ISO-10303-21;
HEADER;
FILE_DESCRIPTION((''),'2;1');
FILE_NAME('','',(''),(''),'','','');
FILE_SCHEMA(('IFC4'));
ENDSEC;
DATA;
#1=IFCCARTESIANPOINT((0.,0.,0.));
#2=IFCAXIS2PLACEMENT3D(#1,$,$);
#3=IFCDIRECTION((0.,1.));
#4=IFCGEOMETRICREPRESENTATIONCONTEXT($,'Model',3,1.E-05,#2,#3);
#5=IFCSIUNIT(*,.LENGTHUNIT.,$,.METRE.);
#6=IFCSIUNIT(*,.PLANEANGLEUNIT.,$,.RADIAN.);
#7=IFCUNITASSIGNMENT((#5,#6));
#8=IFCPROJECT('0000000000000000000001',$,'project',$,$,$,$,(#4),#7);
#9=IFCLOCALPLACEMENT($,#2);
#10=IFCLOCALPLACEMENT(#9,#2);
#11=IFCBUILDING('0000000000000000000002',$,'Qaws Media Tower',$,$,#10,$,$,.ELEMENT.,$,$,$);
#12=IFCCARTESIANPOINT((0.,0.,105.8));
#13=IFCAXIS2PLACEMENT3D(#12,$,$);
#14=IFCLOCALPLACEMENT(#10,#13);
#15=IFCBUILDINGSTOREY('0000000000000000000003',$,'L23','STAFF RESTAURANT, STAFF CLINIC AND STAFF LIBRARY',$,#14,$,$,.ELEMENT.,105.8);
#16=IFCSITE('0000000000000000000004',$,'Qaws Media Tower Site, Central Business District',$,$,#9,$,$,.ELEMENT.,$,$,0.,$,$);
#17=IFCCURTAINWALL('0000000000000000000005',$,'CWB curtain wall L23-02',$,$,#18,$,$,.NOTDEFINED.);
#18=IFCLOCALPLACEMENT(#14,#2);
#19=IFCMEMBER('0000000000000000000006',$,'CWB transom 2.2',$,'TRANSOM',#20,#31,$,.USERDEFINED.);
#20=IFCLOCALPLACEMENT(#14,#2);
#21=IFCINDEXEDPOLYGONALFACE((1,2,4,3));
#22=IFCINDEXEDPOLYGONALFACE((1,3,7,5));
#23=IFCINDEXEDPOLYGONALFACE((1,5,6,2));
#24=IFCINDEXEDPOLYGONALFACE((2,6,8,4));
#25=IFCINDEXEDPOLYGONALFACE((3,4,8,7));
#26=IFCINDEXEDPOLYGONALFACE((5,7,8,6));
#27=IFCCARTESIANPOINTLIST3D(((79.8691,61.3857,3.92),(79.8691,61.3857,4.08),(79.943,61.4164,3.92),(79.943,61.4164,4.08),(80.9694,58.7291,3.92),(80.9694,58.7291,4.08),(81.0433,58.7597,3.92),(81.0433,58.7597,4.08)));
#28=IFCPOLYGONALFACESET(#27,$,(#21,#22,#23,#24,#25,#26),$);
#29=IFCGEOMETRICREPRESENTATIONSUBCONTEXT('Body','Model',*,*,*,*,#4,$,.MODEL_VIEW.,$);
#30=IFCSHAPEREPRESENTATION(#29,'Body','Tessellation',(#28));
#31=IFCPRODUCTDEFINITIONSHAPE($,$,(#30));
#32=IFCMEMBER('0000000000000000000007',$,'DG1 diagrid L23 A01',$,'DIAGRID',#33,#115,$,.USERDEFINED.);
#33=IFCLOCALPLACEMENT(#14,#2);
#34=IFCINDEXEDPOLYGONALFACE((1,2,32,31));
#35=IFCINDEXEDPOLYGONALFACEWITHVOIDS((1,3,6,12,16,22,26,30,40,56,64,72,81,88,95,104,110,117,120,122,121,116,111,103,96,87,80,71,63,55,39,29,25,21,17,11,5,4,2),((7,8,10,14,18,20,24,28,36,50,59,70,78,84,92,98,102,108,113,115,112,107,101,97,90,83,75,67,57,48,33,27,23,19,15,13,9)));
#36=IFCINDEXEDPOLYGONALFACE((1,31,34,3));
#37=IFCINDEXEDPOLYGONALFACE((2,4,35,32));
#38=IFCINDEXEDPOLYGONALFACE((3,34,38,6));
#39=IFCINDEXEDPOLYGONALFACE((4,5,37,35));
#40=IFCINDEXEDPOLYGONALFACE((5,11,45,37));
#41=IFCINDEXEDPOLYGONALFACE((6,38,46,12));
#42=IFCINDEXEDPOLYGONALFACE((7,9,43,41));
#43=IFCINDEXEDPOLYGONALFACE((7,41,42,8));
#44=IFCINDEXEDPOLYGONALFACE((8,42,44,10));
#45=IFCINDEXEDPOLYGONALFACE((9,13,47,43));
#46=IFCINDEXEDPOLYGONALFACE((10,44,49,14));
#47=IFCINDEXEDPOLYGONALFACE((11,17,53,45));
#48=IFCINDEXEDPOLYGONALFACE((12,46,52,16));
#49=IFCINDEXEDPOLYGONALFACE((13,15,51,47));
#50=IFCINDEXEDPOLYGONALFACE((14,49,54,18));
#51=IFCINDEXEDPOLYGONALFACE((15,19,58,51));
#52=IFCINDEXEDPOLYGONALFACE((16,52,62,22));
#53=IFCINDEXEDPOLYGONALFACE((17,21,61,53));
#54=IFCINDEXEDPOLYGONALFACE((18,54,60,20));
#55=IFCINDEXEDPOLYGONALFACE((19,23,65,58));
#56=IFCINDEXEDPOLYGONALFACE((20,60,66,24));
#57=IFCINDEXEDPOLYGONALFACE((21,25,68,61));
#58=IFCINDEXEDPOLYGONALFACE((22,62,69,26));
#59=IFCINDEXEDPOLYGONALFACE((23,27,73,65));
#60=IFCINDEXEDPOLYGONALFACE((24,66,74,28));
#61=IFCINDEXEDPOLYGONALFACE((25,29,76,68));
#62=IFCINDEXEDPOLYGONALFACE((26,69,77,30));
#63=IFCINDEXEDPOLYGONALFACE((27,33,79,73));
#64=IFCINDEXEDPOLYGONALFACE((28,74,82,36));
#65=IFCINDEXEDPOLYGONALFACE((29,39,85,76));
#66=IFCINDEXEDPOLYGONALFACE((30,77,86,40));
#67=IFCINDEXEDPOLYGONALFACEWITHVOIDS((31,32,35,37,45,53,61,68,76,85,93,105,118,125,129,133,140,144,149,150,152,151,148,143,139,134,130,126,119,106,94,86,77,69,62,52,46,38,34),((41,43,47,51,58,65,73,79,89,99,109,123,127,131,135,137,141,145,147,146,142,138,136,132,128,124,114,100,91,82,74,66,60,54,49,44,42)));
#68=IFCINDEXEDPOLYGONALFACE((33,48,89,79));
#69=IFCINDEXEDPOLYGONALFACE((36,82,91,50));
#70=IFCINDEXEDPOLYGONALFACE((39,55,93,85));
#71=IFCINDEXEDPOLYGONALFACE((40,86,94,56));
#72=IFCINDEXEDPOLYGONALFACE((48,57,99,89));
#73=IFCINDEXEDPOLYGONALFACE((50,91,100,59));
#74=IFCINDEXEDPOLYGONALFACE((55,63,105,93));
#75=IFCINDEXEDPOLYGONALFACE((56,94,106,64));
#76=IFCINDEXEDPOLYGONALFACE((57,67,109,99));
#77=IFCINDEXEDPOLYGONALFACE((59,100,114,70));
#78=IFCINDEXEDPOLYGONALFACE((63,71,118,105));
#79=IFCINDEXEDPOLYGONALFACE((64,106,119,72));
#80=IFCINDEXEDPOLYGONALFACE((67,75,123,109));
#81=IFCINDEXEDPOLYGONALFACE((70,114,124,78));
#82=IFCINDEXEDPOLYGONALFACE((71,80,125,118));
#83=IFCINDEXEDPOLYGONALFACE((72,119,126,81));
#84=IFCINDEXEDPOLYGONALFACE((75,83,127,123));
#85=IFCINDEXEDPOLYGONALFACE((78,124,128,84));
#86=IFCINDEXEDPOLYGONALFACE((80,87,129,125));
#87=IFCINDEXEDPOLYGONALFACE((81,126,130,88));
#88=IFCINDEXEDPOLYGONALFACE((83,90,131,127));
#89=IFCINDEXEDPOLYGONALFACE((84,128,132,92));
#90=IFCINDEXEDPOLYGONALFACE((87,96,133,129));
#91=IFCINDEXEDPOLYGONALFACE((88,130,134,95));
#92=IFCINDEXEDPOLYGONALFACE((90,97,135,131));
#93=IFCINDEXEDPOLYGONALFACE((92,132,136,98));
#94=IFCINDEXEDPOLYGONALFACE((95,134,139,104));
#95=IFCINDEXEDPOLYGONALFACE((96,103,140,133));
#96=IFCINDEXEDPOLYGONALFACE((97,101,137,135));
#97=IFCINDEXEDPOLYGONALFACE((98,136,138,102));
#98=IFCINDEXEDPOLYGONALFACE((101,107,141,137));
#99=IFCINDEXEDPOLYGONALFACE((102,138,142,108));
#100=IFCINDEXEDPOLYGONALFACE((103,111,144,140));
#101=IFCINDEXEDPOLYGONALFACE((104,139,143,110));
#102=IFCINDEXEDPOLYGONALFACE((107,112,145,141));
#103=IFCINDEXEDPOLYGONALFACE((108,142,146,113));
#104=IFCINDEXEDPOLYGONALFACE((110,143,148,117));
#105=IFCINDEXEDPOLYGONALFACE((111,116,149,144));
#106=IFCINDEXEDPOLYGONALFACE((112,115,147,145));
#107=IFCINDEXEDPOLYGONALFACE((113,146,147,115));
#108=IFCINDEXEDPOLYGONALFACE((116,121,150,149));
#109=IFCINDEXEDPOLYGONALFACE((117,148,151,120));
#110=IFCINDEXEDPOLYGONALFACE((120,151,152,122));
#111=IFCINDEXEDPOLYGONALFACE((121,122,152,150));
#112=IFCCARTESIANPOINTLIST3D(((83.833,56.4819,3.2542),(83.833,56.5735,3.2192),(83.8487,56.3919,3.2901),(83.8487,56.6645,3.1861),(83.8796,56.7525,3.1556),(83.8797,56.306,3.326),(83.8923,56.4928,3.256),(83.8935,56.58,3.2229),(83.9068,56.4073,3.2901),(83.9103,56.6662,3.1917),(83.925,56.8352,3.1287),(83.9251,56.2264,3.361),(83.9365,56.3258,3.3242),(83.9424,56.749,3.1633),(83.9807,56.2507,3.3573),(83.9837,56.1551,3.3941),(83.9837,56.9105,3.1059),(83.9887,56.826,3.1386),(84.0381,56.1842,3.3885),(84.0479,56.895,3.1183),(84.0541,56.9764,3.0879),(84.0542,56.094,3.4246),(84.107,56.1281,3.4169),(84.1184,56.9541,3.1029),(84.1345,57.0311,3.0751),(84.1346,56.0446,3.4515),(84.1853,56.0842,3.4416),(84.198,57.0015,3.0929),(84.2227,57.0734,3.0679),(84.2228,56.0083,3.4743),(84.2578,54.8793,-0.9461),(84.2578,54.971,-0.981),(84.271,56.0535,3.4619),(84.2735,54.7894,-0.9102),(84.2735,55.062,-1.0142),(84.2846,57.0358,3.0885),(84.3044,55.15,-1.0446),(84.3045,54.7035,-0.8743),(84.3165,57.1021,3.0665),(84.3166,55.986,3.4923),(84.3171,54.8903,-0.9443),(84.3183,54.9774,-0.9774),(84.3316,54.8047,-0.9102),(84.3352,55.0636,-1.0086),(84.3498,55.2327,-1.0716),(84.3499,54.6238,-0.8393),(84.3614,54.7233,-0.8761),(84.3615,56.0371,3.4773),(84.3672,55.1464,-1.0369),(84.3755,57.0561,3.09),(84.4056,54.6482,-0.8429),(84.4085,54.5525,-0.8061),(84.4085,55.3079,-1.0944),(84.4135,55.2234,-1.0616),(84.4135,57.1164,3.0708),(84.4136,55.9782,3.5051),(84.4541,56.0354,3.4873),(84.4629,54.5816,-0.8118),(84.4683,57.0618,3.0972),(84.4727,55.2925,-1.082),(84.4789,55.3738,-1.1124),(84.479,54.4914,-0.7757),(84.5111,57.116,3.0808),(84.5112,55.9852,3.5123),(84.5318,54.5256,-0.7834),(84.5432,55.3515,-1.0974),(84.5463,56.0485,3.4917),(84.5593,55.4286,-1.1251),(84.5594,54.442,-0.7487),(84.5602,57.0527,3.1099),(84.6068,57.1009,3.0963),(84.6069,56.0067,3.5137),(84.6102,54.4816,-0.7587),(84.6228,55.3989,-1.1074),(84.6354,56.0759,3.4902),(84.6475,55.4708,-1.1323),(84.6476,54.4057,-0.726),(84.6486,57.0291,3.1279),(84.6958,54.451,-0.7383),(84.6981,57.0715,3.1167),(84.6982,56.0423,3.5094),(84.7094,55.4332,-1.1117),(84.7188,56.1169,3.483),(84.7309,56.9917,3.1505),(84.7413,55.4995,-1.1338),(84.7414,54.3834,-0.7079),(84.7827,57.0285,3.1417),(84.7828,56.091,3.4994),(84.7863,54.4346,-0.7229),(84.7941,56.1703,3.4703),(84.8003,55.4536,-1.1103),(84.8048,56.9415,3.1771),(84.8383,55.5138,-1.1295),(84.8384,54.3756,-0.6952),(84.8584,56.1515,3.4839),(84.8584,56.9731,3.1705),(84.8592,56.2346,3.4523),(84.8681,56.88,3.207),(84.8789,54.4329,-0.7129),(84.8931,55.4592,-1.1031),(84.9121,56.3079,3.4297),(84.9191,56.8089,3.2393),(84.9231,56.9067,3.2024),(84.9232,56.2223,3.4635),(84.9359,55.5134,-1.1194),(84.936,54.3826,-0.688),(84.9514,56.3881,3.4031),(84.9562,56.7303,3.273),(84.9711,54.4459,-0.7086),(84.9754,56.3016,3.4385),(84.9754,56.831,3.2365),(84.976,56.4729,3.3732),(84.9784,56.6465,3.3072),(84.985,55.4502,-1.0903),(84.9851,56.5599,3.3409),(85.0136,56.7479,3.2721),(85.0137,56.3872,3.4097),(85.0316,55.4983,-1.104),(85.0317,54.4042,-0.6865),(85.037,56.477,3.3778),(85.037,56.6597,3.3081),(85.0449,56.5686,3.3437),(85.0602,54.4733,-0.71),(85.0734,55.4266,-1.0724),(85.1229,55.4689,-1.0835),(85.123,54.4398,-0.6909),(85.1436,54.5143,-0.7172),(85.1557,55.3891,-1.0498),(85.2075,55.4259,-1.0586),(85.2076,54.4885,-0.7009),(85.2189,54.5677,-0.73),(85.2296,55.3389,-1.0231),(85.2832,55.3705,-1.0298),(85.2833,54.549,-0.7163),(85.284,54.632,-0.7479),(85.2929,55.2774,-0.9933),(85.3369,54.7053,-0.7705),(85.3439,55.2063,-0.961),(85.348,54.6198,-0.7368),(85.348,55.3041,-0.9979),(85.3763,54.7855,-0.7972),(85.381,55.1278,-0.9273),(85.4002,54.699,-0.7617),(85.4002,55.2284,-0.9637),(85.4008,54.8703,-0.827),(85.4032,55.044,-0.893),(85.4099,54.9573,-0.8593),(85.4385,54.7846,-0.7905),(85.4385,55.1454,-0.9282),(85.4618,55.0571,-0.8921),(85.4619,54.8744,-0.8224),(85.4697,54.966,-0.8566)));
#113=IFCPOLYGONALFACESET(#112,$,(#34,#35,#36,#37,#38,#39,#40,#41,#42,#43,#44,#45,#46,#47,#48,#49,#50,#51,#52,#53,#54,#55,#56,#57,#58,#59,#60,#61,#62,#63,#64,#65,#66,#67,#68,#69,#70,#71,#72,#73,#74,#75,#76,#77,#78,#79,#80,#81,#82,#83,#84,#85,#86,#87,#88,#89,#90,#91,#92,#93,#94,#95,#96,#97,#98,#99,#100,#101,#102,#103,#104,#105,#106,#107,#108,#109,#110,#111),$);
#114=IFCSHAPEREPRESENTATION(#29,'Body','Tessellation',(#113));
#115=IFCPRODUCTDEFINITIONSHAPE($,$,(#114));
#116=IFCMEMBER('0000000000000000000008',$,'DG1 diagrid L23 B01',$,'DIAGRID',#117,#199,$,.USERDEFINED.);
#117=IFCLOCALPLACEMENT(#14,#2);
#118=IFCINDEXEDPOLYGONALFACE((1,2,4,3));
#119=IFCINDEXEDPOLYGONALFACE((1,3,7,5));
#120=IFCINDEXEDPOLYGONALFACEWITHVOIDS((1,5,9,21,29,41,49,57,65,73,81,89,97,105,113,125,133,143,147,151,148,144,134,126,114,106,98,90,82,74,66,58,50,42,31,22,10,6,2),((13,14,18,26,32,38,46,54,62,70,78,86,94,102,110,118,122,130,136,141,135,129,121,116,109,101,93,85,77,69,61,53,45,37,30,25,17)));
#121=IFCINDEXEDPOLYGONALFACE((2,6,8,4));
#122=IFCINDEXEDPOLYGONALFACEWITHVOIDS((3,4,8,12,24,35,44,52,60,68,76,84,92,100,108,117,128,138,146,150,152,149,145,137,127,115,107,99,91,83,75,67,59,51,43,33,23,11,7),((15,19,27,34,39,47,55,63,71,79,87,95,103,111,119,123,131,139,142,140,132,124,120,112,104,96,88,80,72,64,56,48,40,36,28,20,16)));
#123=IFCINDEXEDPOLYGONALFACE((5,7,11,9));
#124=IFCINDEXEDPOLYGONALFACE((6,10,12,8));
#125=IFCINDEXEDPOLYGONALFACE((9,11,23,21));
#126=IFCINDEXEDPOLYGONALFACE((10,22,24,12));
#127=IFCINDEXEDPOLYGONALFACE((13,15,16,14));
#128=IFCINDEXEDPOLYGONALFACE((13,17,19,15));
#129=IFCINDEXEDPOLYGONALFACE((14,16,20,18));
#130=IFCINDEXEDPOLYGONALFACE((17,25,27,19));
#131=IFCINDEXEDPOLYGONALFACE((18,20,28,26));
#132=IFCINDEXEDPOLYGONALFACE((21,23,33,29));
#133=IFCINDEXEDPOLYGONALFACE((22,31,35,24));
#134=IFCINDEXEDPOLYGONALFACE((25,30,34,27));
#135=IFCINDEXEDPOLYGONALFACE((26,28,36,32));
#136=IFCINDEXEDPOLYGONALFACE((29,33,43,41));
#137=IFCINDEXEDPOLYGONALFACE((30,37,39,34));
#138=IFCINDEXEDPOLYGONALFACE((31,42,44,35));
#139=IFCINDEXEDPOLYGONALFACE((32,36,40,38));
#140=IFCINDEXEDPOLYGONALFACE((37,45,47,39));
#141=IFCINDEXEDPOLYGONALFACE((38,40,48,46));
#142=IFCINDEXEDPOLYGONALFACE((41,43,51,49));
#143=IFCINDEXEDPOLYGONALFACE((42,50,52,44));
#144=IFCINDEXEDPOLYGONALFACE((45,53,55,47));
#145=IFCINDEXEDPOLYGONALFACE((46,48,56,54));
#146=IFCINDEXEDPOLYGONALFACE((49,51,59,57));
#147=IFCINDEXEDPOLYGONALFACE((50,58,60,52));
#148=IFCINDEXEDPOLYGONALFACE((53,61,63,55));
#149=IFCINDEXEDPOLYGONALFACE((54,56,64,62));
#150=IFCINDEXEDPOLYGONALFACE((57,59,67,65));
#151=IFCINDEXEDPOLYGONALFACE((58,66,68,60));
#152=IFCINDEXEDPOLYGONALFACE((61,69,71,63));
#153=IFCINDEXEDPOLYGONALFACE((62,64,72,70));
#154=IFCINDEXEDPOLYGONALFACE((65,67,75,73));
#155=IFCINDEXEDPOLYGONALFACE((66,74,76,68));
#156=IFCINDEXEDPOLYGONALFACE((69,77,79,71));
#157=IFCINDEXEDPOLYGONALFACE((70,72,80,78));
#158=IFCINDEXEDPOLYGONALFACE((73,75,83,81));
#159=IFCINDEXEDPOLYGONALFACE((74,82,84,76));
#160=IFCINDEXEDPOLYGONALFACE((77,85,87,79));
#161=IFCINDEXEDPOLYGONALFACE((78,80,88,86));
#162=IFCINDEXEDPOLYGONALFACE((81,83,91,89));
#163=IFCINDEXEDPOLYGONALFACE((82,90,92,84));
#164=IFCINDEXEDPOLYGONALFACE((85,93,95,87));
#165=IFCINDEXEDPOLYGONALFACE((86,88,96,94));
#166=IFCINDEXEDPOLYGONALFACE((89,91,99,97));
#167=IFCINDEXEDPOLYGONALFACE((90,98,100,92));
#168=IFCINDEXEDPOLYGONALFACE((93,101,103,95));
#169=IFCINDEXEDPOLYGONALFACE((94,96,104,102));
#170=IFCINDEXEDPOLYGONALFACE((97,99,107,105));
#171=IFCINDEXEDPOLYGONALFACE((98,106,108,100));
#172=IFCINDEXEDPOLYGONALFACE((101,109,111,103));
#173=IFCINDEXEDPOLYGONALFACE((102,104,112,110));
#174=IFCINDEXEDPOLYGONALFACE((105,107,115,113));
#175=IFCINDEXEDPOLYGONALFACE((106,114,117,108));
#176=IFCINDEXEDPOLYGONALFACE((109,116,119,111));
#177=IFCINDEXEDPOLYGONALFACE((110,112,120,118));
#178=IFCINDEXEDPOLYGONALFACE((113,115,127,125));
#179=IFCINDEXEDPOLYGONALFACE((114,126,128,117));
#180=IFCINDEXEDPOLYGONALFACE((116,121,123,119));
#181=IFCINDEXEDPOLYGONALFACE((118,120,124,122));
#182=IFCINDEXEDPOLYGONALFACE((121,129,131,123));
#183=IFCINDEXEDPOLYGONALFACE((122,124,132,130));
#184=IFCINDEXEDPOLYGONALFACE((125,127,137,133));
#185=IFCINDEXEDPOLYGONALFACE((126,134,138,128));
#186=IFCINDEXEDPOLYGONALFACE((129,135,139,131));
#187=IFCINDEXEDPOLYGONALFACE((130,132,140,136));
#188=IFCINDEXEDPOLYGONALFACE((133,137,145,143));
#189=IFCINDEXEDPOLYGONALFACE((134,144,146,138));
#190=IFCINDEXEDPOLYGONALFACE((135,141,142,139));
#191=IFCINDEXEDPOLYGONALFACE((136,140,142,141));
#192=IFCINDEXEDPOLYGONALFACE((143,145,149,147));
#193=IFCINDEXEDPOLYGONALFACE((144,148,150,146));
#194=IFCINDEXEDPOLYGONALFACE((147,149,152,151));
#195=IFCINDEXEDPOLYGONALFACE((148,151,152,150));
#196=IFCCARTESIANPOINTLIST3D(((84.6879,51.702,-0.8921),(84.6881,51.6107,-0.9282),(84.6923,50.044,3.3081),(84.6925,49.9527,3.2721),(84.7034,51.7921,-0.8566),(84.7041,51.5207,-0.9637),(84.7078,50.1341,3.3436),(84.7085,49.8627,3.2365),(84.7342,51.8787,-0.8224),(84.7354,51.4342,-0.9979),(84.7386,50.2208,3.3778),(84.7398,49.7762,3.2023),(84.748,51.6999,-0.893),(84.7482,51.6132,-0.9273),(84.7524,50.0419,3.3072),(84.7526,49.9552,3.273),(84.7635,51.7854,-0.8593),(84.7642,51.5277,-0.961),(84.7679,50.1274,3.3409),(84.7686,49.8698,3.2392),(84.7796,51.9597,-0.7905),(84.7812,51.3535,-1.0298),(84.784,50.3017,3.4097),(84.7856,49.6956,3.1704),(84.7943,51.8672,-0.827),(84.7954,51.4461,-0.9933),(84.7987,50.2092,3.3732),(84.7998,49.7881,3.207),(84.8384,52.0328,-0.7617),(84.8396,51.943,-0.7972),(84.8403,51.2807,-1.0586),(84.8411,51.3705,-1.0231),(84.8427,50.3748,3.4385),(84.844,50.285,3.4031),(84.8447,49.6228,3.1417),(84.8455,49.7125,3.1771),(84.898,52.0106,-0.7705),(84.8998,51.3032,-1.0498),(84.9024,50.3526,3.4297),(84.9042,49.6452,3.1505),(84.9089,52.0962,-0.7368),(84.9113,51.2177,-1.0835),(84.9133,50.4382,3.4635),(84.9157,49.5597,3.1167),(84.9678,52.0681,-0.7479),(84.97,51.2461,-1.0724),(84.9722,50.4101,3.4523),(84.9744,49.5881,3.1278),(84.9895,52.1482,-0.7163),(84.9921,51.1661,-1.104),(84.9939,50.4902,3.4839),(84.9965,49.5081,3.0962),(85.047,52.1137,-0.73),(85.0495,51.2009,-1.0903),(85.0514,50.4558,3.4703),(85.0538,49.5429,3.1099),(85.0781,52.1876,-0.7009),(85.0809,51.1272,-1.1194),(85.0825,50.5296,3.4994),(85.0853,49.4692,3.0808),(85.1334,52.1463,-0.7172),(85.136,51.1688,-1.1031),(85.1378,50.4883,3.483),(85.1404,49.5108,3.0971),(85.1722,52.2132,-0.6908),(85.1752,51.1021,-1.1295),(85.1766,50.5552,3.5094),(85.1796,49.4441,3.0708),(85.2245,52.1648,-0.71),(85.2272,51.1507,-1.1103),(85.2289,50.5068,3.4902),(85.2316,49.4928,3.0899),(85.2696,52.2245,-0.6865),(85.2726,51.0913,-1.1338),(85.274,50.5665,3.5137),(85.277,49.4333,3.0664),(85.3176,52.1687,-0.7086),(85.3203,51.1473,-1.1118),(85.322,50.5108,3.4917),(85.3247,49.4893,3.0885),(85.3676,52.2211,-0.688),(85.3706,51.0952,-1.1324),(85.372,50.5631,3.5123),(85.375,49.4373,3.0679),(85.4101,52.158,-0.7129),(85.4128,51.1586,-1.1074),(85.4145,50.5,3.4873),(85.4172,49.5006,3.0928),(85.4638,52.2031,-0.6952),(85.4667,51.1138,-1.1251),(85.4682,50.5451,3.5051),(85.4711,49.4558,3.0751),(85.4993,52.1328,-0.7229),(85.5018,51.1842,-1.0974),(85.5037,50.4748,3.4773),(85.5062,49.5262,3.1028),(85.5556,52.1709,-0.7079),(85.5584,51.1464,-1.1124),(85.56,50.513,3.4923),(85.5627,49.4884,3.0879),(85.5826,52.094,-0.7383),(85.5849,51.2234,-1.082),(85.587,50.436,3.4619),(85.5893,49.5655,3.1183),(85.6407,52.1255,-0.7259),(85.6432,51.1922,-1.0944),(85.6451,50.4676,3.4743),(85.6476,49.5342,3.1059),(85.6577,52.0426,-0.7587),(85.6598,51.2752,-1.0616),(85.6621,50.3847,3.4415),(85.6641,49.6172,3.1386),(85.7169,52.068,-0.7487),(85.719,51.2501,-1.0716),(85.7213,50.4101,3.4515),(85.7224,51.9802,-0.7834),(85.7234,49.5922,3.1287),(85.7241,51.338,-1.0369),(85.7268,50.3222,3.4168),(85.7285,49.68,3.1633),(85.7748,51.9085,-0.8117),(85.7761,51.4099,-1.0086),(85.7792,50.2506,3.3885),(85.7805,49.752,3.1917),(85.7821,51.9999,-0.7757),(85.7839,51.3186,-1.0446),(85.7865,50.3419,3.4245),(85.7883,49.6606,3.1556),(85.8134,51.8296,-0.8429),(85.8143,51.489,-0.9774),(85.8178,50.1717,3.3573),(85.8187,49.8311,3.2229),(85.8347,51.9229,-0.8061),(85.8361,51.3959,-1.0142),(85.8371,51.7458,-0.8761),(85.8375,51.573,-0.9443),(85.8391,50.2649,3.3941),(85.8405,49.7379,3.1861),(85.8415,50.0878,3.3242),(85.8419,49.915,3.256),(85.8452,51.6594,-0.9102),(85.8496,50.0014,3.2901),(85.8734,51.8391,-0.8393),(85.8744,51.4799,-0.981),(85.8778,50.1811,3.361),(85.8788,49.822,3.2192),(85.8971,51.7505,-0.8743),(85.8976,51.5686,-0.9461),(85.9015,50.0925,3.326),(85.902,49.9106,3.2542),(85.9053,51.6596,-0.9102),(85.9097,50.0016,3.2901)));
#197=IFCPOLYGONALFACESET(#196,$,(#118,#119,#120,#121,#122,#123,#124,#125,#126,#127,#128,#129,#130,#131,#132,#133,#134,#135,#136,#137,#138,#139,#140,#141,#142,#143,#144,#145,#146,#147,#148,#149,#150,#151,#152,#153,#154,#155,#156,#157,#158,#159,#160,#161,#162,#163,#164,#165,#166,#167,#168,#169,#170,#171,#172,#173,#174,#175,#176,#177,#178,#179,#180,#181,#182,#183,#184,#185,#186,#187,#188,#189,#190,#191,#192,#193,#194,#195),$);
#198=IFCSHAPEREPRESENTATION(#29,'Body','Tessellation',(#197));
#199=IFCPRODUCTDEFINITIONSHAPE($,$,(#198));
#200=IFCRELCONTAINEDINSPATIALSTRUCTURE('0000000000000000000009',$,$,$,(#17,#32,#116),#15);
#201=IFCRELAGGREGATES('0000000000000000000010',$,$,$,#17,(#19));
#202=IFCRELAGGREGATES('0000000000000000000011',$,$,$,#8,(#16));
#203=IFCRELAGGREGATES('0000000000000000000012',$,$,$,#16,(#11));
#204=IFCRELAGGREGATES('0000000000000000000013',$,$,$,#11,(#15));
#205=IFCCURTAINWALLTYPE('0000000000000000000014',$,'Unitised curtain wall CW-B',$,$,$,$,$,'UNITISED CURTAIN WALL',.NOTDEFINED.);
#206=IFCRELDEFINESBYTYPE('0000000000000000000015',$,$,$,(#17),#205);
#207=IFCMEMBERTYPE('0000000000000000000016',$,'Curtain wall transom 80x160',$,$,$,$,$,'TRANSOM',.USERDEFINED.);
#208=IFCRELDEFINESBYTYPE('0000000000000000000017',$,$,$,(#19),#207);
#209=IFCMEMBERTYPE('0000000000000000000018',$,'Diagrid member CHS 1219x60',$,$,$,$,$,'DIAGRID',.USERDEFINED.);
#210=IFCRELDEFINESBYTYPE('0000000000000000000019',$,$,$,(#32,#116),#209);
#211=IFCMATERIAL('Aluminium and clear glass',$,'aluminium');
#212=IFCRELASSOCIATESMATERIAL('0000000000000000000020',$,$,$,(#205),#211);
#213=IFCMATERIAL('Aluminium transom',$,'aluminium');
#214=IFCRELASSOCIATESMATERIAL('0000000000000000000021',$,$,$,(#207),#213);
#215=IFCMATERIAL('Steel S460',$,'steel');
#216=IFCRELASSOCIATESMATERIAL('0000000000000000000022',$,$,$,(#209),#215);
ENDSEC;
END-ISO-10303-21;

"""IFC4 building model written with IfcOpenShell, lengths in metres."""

from ifc_helpers import new_model, si_unit, direction, frame, origin, origin_2d, place, context, subcontext, project, spatial, rectangle, hollow_circle, extrude, material, material_profile, profile_set, type_object, element, aggregate, save


model = new_model("IFC4")

# Units and contexts
model_context = context("Model", 3, precision=1e-05, world=origin(), true_north=direction((0.0, 1.0)))
body_context = subcontext(model_context, "Body", "Model", "MODEL_VIEW")
ifc_project = project(units=[si_unit("LENGTHUNIT", "METRE"), si_unit("PLANEANGLEUNIT", "RADIAN")], contexts=[model_context])

# Site, building, storey
site_placement = place(None, origin())
site = spatial("IfcSite", under=ifc_project, at=site_placement, Name="Qaws Media Tower Site, Central Business District", CompositionType="ELEMENT", RefElevation=0.0)
building_placement = place(site_placement, origin())
building = spatial("IfcBuilding", under=site, at=building_placement, Name="Qaws Media Tower", CompositionType="ELEMENT")
storey_placement = place(building_placement, frame((0.0, 0.0, 105.8)))
storey = spatial("IfcBuildingStorey", under=building, at=storey_placement, Name="L23", Description="STAFF RESTAURANT, STAFF CLINIC AND STAFF LIBRARY", CompositionType="ELEMENT", Elevation=105.8)

# Curtain wall
ifc_material_1 = material(Name="Aluminium and clear glass", Category="aluminium")
curtain_wall_type = type_object("IfcCurtainWallType", Name="Unitised curtain wall CW-B", ElementType="UNITISED CURTAIN WALL", PredefinedType="NOTDEFINED", material=ifc_material_1)
curtain_wall_1_placement = place(storey_placement, origin())
curtain_wall_1 = element("IfcCurtainWall", 1, at=curtain_wall_1_placement, inside=storey, type_object=curtain_wall_type, Name="CWB curtain wall L23-02", PredefinedType="NOTDEFINED")

# Member
ifc_material_2 = material(Name="Aluminium transom", Category="aluminium")
ifc_material_profile_1 = material_profile(ifc_material_2, rectangle(XDim=0.0801, YDim=0.1599, at=origin_2d()), Name="80x160")
ifc_profile_set_1 = profile_set([ifc_material_profile_1], Name="Aluminium transom")
member_type_1 = type_object("IfcMemberType", Name="Curtain wall transom 80x160", ElementType="TRANSOM", PredefinedType="USERDEFINED", material=ifc_profile_set_1)
member_1_placement = place(storey_placement, frame((81.0063, 58.7444, 4.0), z_axis=(-0.382649, 0.923894, 0.0), x_axis=(-0.923894, -0.382649, 0.0)))
member_1 = element("IfcMember", 2, at=member_1_placement, type_object=member_type_1, Name="CWB transom 2.2", ObjectType="TRANSOM", PredefinedType="USERDEFINED", context=body_context, shape_type="SweptSolid", body=[
    extrude(rectangle(XDim=0.0801, YDim=0.1599, at=origin_2d()), origin(), (0.0, 0.0, 1.0), 2.8755),
])

# Members
ifc_material_3 = material(Name="Steel S460", Category="steel")
ifc_material_profile_2 = material_profile(ifc_material_3, hollow_circle(Radius=0.6096, WallThickness=0.0601, at=origin_2d()), Name="CHS 1219x60")
ifc_profile_set_2 = profile_set([ifc_material_profile_2], Name="Steel S460")
member_type_2 = type_object("IfcMemberType", Name="Diagrid member CHS 1219x60", ElementType="DIAGRID", PredefinedType="USERDEFINED", material=ifc_profile_set_2)
for number, where, z_axis, x_axis, name in (
    (3, (84.8628, 54.9456, -0.9102), (-0.094076, 0.354893, 0.930162), (-0.966615, -0.256233, 0.0), "DG1 diagrid L23 A01"),
    (4, (85.2957, 51.658, -0.9102), (0.000973, -0.367164, 0.930156), (0.999996, 0.002651, 0.0), "DG1 diagrid L23 B01"),
):
    element("IfcMember", number, at=place(storey_placement, frame(where, z_axis=z_axis, x_axis=x_axis)), inside=storey, type_object=member_type_2, Name=name, ObjectType="DIAGRID", PredefinedType="USERDEFINED", context=body_context, shape_type="SweptSolid", body=[
        extrude(hollow_circle(Radius=0.6096, WallThickness=0.0601, at=origin_2d()), origin(), (0.0, 0.0, 1.0), 4.5156),
    ])

aggregate(curtain_wall_1, [member_1])

save(model, "model.ifc")
